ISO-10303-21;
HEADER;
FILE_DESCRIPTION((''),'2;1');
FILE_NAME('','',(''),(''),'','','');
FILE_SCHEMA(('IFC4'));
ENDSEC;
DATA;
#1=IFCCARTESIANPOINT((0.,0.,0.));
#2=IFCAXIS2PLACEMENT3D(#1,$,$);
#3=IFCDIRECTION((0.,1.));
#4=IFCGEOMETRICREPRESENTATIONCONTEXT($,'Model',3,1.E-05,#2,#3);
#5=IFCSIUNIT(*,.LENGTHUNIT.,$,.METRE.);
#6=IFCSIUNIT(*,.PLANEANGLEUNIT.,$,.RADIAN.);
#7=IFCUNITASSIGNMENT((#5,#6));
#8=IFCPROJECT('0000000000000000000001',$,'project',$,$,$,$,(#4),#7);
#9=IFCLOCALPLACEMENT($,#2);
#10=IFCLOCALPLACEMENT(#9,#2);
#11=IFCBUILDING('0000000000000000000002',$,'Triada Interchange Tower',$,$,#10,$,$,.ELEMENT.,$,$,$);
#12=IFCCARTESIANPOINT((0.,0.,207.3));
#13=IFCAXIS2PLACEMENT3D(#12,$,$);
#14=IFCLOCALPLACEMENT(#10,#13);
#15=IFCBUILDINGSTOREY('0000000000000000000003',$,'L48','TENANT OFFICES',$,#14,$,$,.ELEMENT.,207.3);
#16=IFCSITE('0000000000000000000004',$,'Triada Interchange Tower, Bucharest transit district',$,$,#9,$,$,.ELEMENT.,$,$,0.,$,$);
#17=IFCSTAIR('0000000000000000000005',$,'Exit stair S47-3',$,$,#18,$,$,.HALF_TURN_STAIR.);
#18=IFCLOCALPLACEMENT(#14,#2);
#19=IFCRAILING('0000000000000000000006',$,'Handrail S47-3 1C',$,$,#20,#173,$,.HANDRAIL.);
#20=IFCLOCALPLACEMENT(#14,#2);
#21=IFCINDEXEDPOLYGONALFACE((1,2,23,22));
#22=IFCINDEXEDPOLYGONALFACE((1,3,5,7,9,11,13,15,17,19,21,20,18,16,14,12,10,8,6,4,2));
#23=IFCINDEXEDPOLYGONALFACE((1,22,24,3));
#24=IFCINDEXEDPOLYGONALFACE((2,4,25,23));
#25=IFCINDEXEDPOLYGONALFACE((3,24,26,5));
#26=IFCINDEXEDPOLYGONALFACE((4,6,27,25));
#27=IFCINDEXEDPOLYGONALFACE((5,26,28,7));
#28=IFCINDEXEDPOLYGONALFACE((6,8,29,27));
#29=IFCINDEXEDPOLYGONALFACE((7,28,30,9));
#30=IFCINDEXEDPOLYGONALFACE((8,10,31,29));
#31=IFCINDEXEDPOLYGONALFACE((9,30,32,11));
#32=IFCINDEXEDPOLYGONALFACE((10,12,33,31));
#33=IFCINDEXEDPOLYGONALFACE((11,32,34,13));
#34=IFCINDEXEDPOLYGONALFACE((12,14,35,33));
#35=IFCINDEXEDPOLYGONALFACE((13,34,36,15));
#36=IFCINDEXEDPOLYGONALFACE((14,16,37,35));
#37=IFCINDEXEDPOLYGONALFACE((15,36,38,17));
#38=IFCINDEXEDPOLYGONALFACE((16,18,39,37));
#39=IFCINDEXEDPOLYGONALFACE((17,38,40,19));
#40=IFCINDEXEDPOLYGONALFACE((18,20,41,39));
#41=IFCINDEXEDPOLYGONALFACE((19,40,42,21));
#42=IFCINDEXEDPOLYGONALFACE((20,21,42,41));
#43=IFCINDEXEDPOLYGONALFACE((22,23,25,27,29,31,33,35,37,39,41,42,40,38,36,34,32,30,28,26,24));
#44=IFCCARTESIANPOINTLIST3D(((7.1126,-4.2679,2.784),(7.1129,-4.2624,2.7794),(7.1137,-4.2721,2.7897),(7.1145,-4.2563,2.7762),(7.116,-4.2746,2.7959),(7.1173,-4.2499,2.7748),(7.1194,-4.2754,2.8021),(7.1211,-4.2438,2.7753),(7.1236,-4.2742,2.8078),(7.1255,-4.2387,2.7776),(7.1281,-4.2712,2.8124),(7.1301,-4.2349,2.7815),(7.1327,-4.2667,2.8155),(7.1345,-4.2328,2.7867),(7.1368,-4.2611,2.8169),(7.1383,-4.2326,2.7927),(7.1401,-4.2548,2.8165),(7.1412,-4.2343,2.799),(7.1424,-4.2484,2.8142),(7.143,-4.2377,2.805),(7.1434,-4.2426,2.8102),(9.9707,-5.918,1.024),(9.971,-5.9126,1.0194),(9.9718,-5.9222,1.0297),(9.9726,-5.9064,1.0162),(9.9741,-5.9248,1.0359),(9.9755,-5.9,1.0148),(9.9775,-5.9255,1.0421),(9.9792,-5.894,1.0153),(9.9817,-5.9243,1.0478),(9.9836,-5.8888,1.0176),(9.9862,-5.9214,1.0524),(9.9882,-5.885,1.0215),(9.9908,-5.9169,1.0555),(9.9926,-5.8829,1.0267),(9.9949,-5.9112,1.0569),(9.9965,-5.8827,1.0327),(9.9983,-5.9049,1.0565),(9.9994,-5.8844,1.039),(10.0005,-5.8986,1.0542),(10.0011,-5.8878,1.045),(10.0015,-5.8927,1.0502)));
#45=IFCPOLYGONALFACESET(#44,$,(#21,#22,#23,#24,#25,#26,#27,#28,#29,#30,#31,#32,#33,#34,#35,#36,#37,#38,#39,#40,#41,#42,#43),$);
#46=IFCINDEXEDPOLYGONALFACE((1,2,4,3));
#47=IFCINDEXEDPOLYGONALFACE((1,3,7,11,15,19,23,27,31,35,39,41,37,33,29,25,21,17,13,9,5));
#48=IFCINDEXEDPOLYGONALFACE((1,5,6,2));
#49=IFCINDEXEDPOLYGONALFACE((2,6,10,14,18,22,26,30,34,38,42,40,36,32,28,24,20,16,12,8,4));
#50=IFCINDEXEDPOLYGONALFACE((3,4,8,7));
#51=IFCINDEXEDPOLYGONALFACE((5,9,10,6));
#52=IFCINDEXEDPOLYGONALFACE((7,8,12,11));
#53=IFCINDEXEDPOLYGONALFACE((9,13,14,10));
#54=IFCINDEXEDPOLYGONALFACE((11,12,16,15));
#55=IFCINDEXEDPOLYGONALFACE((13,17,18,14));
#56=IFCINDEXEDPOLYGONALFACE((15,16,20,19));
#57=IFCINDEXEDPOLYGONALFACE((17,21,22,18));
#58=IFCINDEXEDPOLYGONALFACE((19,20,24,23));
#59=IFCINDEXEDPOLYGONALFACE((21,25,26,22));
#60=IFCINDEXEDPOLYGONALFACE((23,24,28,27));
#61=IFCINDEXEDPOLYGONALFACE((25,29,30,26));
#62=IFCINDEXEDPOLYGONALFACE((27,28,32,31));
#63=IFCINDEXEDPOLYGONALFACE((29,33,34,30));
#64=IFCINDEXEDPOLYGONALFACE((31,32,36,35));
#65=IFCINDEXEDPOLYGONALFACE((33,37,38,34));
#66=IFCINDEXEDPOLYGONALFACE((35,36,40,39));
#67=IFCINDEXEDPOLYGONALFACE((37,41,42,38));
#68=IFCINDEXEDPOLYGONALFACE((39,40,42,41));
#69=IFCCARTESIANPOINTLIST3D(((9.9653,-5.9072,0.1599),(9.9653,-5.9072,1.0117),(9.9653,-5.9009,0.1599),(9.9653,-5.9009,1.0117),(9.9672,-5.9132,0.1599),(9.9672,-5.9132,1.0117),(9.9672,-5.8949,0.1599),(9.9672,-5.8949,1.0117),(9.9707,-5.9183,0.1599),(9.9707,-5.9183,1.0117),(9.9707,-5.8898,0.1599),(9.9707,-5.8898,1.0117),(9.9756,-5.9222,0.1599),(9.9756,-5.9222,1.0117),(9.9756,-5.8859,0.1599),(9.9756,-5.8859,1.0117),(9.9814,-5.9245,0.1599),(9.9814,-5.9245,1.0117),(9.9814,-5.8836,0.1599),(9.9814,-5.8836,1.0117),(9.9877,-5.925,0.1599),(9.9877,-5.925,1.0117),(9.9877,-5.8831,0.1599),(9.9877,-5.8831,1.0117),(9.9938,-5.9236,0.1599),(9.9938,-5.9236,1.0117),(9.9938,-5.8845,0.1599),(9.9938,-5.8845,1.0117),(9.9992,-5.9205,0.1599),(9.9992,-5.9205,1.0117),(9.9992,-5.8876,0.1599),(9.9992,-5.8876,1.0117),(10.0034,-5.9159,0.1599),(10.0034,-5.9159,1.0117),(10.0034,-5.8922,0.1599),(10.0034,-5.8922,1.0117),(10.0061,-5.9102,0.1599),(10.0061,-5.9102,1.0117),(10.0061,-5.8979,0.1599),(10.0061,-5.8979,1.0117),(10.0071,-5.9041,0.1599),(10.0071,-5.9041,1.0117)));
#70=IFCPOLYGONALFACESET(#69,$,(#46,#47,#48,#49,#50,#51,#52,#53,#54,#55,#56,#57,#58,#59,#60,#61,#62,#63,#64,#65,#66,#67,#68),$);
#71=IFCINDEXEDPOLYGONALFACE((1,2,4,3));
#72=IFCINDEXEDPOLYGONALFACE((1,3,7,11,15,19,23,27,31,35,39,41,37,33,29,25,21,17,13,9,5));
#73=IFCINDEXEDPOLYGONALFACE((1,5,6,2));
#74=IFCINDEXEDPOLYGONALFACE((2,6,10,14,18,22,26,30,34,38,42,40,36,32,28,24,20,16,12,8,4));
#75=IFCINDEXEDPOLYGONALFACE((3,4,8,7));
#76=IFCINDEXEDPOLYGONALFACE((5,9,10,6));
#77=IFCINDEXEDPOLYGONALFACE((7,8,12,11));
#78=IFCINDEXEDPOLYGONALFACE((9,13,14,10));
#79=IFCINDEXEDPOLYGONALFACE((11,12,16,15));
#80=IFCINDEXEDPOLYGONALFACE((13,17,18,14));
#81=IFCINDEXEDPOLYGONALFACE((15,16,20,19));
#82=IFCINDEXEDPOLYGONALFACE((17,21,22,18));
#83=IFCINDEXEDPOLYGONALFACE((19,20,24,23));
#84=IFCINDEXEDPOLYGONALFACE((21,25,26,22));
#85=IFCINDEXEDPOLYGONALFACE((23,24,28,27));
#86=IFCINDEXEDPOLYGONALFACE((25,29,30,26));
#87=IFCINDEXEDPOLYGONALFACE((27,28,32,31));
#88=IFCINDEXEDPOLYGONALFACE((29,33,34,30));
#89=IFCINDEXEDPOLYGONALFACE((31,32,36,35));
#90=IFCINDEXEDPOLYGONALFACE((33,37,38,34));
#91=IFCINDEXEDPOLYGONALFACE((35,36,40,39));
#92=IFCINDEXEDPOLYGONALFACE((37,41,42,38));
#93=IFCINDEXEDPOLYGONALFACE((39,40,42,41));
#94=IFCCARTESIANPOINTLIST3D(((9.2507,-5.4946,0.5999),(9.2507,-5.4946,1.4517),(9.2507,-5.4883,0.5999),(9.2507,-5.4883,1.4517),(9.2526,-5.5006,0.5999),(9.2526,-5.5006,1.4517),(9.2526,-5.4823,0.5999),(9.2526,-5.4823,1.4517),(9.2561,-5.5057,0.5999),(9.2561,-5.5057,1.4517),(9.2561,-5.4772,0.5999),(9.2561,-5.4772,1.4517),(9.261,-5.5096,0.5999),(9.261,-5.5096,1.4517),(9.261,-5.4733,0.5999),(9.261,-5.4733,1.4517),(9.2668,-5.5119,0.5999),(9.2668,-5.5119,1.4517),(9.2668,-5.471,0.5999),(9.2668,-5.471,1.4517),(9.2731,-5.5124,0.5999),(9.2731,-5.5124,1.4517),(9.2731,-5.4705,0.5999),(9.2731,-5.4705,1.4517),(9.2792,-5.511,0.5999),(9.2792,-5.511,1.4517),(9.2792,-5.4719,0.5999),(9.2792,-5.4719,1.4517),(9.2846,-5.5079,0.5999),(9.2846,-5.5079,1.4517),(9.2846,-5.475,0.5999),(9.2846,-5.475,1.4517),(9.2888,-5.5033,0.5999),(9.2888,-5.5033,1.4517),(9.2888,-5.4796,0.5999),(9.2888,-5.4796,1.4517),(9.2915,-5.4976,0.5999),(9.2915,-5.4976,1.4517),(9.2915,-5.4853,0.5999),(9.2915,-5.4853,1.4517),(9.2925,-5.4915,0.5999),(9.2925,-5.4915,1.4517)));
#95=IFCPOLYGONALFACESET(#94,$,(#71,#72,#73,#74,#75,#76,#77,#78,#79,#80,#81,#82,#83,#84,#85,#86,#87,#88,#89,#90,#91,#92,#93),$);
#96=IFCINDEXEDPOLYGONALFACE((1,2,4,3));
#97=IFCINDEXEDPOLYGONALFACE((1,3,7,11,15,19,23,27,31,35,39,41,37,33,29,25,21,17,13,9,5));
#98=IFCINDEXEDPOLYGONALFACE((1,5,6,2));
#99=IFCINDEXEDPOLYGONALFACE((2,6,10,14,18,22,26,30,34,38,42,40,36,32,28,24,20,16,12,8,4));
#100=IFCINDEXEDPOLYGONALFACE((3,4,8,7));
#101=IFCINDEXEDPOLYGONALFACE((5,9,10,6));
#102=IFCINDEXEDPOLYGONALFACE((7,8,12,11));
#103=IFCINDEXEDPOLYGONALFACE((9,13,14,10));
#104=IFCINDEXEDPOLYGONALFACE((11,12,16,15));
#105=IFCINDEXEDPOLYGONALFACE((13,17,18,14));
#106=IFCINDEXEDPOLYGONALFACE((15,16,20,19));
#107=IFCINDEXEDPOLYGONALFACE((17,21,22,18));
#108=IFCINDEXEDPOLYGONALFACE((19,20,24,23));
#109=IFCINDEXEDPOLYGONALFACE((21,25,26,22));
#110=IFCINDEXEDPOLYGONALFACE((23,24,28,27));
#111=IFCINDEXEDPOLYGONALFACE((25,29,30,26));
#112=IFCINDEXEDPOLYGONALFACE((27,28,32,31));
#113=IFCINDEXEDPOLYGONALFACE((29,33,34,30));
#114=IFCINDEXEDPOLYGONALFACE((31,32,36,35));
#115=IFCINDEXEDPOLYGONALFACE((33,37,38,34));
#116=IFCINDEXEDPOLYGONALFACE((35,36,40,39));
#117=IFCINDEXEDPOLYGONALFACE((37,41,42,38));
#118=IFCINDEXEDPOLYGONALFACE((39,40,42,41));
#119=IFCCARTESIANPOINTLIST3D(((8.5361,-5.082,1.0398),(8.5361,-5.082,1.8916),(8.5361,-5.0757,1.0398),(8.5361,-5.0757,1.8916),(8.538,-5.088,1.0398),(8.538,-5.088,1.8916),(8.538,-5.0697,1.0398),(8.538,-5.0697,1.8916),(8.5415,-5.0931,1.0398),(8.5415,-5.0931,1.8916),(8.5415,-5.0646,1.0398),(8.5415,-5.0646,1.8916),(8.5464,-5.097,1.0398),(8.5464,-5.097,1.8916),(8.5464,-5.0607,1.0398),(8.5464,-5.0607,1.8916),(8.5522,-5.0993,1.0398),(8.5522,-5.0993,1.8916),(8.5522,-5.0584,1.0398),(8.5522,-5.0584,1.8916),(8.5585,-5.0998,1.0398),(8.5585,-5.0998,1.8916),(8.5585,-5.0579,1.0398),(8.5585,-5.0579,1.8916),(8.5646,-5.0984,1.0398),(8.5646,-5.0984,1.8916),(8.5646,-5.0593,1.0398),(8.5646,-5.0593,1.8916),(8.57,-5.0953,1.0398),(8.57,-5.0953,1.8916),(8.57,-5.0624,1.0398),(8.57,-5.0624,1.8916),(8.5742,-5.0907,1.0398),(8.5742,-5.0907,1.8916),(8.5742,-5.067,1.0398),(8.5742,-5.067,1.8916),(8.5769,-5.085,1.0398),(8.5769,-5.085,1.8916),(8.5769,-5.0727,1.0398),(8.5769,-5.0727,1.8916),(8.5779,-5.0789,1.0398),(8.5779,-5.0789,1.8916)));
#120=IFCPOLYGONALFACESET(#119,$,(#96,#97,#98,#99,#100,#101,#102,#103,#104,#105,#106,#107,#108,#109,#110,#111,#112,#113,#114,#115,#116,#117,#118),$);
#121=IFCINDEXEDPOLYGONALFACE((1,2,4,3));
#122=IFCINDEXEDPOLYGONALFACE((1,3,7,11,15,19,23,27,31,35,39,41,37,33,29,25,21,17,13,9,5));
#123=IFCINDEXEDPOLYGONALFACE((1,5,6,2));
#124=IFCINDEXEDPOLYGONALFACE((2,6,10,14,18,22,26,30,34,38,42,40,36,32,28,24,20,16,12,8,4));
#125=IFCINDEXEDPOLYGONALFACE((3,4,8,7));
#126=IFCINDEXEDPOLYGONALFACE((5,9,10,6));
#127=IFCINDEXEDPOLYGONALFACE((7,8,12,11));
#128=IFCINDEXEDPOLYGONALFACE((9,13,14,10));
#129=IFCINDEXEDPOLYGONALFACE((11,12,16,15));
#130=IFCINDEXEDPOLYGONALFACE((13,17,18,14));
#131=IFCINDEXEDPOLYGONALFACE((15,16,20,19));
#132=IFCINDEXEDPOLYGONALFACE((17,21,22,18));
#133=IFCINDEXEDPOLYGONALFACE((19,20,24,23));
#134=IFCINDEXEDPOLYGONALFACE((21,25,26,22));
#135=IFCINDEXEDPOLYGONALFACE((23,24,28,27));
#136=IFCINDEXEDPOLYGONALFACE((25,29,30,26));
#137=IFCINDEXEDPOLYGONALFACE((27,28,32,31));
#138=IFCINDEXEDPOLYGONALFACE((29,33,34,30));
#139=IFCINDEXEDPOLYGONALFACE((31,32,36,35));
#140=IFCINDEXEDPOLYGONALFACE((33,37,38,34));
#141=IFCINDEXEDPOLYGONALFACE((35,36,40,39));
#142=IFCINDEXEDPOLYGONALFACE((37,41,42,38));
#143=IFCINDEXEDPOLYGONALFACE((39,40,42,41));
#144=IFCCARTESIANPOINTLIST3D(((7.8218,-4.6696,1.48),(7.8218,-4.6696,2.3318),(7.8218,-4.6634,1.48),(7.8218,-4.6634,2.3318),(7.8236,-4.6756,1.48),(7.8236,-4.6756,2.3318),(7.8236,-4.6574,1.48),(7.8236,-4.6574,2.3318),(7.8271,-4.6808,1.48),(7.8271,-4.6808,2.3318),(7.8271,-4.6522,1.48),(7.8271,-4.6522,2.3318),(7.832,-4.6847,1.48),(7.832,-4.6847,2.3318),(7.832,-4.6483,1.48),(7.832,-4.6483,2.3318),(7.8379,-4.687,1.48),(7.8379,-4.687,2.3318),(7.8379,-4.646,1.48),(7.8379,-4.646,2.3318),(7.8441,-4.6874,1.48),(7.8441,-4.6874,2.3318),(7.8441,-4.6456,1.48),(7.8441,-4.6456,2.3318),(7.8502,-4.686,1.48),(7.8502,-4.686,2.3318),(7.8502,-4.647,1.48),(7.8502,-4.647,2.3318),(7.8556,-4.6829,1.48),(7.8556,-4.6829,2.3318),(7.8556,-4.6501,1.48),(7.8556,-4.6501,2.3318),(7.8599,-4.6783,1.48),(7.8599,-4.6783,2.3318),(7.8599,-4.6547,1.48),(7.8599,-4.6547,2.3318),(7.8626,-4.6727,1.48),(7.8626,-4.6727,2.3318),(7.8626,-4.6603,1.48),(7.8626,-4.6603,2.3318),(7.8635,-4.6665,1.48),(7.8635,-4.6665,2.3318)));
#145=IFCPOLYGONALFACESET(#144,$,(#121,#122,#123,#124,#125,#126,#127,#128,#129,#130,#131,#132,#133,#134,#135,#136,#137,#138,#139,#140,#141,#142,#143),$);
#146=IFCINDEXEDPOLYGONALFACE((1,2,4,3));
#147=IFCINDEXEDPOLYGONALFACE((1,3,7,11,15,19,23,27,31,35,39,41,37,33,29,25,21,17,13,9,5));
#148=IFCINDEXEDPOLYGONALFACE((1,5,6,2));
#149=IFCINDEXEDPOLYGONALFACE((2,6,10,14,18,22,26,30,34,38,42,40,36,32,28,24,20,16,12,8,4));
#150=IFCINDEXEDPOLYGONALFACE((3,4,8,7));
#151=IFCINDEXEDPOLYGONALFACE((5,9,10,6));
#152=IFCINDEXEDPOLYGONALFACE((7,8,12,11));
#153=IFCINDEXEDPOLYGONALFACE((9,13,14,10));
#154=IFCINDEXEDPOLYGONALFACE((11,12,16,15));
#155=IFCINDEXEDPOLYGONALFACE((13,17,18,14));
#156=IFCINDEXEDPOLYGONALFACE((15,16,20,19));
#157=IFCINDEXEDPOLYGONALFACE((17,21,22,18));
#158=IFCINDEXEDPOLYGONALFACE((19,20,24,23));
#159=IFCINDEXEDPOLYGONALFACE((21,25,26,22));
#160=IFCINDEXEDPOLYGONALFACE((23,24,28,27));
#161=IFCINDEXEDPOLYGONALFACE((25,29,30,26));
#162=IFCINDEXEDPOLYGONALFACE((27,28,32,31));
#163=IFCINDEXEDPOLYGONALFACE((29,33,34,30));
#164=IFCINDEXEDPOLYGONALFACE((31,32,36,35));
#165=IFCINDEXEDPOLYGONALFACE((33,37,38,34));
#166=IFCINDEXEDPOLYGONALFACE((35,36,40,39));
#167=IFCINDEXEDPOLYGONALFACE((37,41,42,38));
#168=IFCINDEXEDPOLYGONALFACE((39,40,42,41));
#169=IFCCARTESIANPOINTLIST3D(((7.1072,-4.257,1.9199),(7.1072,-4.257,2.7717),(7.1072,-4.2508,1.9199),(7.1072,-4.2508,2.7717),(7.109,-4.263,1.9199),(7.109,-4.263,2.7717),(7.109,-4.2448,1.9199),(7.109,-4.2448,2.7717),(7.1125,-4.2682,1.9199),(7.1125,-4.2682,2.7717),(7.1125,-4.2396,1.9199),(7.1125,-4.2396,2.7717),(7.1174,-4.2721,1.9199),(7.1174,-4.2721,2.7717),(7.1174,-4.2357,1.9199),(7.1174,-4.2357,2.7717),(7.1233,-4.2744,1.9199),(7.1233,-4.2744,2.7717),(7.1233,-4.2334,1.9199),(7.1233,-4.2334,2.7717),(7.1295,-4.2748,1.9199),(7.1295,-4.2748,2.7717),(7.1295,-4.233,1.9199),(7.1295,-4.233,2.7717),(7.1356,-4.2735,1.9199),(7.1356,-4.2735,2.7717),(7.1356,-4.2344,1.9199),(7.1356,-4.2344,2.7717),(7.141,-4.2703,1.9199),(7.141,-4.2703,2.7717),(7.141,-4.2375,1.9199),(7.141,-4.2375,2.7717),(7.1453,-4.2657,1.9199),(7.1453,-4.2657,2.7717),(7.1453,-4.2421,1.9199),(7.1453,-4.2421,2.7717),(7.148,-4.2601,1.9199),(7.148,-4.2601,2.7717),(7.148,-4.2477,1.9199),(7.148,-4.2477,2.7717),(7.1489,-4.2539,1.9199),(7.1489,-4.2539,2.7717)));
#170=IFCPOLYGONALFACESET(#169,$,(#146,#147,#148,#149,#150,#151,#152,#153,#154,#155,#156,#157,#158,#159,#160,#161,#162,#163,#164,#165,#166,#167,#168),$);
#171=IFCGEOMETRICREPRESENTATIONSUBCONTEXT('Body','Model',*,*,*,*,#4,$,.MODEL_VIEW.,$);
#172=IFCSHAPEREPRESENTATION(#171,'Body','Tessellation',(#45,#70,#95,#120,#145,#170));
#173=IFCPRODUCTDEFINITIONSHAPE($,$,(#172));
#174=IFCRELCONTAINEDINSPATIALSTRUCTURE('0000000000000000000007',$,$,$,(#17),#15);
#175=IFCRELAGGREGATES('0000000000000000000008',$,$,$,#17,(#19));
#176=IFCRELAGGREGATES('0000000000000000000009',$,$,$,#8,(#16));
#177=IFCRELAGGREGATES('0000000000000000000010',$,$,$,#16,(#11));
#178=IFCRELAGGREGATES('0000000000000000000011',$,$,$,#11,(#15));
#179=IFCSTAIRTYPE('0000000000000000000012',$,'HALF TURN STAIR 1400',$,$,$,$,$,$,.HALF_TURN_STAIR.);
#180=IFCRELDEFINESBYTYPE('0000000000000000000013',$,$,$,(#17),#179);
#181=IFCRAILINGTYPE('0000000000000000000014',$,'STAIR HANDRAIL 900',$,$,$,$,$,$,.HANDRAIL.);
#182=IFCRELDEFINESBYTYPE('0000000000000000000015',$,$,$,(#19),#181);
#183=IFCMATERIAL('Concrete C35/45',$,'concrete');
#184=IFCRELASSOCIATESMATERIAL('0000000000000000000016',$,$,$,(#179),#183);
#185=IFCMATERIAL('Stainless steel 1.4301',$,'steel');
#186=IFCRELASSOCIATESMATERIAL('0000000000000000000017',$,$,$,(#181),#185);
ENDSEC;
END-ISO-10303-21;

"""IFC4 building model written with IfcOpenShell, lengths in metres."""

from ifc_helpers import new_model, si_unit, direction, frame, origin, origin_2d, place, context, subcontext, project, spatial, circle, extrude, material, type_object, element, aggregate, save


model = new_model("IFC4")

# Units and contexts
model_context = context("Model", 3, precision=1e-05, world=origin(), true_north=direction((0.0, 1.0)))
body_context = subcontext(model_context, "Body", "Model", "MODEL_VIEW")
ifc_project = project(units=[si_unit("LENGTHUNIT", "METRE"), si_unit("PLANEANGLEUNIT", "RADIAN")], contexts=[model_context])

# Site, building, storey
site_placement = place(None, origin())
site = spatial("IfcSite", under=ifc_project, at=site_placement, Name="Triada Interchange Tower, Bucharest transit district", CompositionType="ELEMENT", RefElevation=0.0)
building_placement = place(site_placement, origin())
building = spatial("IfcBuilding", under=site, at=building_placement, Name="Triada Interchange Tower", CompositionType="ELEMENT")
storey_placement = place(building_placement, frame((0.0, 0.0, 207.3)))
storey = spatial("IfcBuildingStorey", under=building, at=storey_placement, Name="L48", Description="TENANT OFFICES", CompositionType="ELEMENT", Elevation=207.3)

# Stair, railing
ifc_material_1 = material(Name="Concrete C35/45", Category="concrete")
stair_type = type_object("IfcStairType", Name="HALF TURN STAIR 1400", PredefinedType="HALF_TURN_STAIR", material=ifc_material_1)
stair_placement = place(storey_placement, origin())
stair = element("IfcStair", 1, at=stair_placement, inside=storey, type_object=stair_type, Name="Exit stair S47-3", PredefinedType="HALF_TURN_STAIR")
ifc_material_2 = material(Name="Stainless steel 1.4301", Category="steel")
railing_type = type_object("IfcRailingType", Name="STAIR HANDRAIL 900", PredefinedType="HANDRAIL", material=ifc_material_2)
railing_1_placement = place(storey_placement, frame((9.9861, -5.9041, 0.1599)))
railing_1 = element("IfcRailing", 2, at=railing_1_placement, type_object=railing_type, Name="Handrail S47-3 1C", PredefinedType="HANDRAIL", context=body_context, shape_type="SweptSolid", body=[
    extrude(circle(Radius=0.0239, at=origin_2d()), frame((0.0, 0.0, 0.876), z_axis=(-0.764156, 0.441183, 0.470556), x_axis=(-0.499998, -0.866027, 0.0)), (0.0, 0.0, 1.0), 3.7402),
    extrude(circle(Radius=0.021, at=origin_2d()), origin(), (0.0, 0.0, 1.0), 0.8518),
    extrude(circle(Radius=0.021, at=origin_2d()), frame((-0.7146, 0.4126, 0.4399)), (0.0, 0.0, 1.0), 0.8518),
    extrude(circle(Radius=0.021, at=origin_2d()), frame((-1.4292, 0.8252, 0.8799)), (0.0, 0.0, 1.0), 0.8518),
    extrude(circle(Radius=0.021, at=origin_2d()), frame((-2.1436, 1.2375, 1.3201)), (0.0, 0.0, 1.0), 0.8518),
    extrude(circle(Radius=0.021, at=origin_2d()), frame((-2.8582, 1.6501, 1.76)), (0.0, 0.0, 1.0), 0.8518),
])
aggregate(stair, [railing_1])

save(model, "model.ifc")
